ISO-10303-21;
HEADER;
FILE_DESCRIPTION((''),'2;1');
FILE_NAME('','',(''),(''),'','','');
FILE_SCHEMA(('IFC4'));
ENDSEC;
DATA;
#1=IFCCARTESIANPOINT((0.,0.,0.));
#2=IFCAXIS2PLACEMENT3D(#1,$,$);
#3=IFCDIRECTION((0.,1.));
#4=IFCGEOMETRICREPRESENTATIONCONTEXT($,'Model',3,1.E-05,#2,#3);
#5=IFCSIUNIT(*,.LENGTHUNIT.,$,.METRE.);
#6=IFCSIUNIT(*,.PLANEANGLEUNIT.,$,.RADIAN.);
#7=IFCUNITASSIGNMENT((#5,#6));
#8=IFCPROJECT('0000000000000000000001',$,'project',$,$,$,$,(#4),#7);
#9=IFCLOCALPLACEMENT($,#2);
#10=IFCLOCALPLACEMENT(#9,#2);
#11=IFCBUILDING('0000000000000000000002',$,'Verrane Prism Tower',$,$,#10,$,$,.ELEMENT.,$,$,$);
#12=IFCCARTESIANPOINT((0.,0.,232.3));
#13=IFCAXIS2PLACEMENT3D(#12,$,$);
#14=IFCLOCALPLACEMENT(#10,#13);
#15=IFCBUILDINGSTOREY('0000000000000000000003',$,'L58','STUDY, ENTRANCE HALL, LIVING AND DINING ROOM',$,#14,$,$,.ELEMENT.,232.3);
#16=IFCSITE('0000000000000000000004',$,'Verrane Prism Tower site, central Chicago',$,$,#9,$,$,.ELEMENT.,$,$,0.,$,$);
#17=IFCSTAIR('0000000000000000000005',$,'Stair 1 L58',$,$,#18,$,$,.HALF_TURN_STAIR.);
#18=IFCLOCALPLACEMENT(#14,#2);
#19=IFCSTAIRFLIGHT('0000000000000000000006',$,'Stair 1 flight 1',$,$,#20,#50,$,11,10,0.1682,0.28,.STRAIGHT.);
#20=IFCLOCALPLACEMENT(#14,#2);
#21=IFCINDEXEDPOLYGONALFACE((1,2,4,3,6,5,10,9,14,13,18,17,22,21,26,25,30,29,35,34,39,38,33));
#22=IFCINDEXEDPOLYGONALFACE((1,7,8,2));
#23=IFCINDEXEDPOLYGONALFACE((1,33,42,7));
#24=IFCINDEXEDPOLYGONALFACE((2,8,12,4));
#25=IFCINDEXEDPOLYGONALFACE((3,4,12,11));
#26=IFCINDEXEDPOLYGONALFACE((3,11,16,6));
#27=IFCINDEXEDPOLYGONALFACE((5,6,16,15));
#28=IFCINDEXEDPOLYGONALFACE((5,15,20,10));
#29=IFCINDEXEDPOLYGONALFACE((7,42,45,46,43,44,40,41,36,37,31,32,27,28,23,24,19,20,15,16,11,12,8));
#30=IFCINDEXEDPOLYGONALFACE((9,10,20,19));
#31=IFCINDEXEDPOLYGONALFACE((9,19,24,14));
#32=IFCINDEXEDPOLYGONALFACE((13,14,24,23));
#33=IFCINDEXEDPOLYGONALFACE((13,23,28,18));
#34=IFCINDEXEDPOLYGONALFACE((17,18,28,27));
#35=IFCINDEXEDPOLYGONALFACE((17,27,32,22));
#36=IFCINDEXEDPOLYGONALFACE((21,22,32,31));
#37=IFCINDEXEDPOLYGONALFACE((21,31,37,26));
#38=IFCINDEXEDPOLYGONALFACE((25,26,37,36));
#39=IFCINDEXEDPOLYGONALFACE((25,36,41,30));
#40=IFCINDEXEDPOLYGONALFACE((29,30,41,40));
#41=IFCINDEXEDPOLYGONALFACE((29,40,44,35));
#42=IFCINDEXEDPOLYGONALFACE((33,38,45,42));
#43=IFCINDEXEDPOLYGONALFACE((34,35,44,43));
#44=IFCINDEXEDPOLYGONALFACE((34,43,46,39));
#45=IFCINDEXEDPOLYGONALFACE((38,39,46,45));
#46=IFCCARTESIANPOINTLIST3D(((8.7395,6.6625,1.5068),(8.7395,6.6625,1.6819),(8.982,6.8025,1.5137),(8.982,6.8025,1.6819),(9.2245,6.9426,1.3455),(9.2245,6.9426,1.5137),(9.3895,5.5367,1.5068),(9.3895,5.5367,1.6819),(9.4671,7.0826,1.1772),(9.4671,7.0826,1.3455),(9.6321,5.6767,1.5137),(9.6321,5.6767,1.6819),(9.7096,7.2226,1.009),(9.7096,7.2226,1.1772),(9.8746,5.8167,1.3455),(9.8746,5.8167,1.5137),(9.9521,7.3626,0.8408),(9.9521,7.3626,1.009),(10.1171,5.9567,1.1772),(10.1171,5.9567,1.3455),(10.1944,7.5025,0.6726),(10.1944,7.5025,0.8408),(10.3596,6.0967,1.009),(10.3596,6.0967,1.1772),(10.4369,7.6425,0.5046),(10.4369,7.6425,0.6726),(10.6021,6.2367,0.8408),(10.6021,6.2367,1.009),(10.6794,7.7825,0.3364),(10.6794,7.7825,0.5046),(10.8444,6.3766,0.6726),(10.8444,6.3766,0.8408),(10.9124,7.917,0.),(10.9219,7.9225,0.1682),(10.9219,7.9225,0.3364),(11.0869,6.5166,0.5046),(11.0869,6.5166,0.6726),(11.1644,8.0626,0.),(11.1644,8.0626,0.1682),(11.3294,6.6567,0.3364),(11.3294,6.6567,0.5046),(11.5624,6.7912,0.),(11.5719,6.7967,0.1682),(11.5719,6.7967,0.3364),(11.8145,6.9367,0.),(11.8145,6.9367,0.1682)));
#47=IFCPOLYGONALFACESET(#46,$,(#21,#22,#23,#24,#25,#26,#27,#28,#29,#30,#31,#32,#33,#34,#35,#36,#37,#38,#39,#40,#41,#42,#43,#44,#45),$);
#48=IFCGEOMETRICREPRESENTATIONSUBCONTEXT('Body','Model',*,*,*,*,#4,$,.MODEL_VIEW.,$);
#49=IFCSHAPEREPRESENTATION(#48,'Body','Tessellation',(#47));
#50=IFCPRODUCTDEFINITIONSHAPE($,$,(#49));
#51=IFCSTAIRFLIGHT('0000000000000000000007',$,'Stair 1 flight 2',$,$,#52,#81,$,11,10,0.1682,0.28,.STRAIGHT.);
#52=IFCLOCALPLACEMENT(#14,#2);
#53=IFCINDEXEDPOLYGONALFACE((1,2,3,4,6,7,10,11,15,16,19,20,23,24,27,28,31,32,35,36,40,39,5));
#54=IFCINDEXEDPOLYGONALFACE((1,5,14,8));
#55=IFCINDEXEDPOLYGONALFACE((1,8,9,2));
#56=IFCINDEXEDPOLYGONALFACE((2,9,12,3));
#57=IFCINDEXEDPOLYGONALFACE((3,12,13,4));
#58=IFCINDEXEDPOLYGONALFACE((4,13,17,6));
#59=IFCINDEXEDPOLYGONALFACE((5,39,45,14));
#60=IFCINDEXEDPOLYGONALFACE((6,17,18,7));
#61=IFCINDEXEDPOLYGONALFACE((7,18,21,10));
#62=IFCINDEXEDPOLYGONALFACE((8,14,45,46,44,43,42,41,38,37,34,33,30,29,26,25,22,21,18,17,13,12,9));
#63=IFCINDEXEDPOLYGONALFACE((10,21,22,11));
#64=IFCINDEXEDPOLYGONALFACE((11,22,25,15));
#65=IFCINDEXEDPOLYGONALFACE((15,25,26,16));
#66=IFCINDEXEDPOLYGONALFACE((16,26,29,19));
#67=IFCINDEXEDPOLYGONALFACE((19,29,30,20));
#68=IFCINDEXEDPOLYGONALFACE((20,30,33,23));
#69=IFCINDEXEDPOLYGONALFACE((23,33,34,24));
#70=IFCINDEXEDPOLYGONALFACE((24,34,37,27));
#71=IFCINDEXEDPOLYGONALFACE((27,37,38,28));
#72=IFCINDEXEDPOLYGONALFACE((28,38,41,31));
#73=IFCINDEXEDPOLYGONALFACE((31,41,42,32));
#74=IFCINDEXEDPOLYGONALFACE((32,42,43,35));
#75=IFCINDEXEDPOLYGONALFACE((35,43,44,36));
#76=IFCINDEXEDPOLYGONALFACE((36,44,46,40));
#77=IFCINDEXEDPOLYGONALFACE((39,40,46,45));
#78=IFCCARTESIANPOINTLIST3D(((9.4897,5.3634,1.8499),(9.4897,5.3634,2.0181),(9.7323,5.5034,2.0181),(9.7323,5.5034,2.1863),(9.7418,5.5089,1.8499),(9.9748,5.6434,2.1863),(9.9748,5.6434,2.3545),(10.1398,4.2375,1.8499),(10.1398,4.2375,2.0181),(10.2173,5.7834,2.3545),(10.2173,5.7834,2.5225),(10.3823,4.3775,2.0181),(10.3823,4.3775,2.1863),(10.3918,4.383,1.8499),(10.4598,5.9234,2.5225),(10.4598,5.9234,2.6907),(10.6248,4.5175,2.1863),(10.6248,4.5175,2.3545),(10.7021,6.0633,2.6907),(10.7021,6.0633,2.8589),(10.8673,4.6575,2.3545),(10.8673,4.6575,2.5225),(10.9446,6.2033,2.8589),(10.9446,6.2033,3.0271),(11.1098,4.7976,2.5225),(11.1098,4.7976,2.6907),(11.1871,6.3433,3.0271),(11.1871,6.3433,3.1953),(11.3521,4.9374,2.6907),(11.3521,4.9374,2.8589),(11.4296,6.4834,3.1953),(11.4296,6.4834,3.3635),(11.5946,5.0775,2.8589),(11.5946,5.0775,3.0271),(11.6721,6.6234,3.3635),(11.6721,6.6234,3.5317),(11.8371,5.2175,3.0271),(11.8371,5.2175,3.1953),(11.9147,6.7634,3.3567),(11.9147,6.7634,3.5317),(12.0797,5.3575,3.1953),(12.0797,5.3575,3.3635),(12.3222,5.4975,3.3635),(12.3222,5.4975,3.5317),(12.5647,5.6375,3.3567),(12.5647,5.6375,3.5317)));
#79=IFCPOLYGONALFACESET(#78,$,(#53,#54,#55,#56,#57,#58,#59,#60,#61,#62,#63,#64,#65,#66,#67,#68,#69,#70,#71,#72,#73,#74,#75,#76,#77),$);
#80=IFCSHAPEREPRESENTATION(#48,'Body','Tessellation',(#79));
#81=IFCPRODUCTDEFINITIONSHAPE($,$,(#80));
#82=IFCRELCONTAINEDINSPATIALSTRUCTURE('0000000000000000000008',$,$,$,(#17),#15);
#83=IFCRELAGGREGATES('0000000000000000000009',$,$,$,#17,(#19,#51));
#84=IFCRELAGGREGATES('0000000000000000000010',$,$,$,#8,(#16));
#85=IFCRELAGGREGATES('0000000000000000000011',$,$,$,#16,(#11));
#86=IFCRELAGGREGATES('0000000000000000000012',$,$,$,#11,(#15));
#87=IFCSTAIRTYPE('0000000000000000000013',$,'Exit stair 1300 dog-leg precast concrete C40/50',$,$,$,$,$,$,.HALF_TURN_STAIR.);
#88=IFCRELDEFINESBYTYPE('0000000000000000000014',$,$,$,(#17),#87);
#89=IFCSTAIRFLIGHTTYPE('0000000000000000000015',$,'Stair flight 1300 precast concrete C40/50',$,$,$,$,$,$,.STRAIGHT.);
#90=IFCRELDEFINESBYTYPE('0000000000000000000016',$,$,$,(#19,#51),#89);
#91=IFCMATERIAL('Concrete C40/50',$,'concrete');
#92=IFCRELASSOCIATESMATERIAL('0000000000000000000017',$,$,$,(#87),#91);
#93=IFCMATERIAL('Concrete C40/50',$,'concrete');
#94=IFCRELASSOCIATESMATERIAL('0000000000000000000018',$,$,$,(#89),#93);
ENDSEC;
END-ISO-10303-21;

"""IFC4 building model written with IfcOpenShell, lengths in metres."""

from ifc_helpers import new_model, si_unit, direction, frame, origin, place, context, subcontext, project, spatial, polyline, outline, extrude, material, type_object, element, aggregate, save


model = new_model("IFC4")

# Units and contexts
model_context = context("Model", 3, precision=1e-05, world=origin(), true_north=direction((0.0, 1.0)))
body_context = subcontext(model_context, "Body", "Model", "MODEL_VIEW")
ifc_project = project(units=[si_unit("LENGTHUNIT", "METRE"), si_unit("PLANEANGLEUNIT", "RADIAN")], contexts=[model_context])

# Site, building, storey
site_placement = place(None, origin())
site = spatial("IfcSite", under=ifc_project, at=site_placement, Name="Verrane Prism Tower site, central Chicago", CompositionType="ELEMENT", RefElevation=0.0)
building_placement = place(site_placement, origin())
building = spatial("IfcBuilding", under=site, at=building_placement, Name="Verrane Prism Tower", CompositionType="ELEMENT")
storey_placement = place(building_placement, frame((0.0, 0.0, 232.3)))
storey = spatial("IfcBuildingStorey", under=building, at=storey_placement, Name="L58", Description="STUDY, ENTRANCE HALL, LIVING AND DINING ROOM", CompositionType="ELEMENT", Elevation=232.3)

# Stair, stair flights
ifc_material_1 = material(Name="Concrete C40/50", Category="concrete")
stair_type = type_object("IfcStairType", Name="Exit stair 1300 dog-leg precast concrete C40/50", PredefinedType="HALF_TURN_STAIR", material=ifc_material_1)
stair_placement = place(storey_placement, origin())
stair = element("IfcStair", 1, at=stair_placement, inside=storey, type_object=stair_type, Name="Stair 1 L58", PredefinedType="HALF_TURN_STAIR")
ifc_material_2 = material(Name="Concrete C40/50", Category="concrete")
stair_flight_type = type_object("IfcStairFlightType", Name="Stair flight 1300 precast concrete C40/50", PredefinedType="STRAIGHT", material=ifc_material_2)
stair_flight_1_placement = place(storey_placement, frame((11.4895, 7.4995, 0.0), z_axis=(0.0, 0.0, 1.0), x_axis=(-0.866025, -0.5, 0.0)))
stair_flight_1 = element("IfcStairFlight", 2, at=stair_flight_1_placement, type_object=stair_flight_type, Name="Stair 1 flight 1", NumberOfRisers=11, NumberOfTreads=10, PredefinedType="STRAIGHT", RiserHeight=0.1682, TreadLength=0.28, context=body_context, shape_type="SweptSolid", body=[
    extrude(outline(polyline([(0.0, 0.0), (0.0, 0.1682), (0.28, 0.1682), (0.28, 0.3364), (0.5601, 0.3364), (0.5601, 0.5046), (0.8401, 0.5046), (0.8401, 0.6726), (1.1201, 0.6726), (1.1201, 0.8408), (1.3999, 0.8408), (1.3999, 1.009), (1.6799, 1.009), (1.6799, 1.1772), (1.96, 1.1772), (1.96, 1.3455), (2.24, 1.3455), (2.24, 1.5137), (2.52, 1.5137), (2.52, 1.6819), (2.8, 1.6819), (2.8, 1.8501), (2.8, 1.5068), (0.291, 0.0), (0.0, 0.0)])), frame((0.0, 0.6499, 0.0), z_axis=(0.0, -1.0, 0.0), x_axis=(1.0, 0.0, 0.0)), (0.0, 0.0, 1.0), 1.3),
])
stair_flight_2_placement = place(storey_placement, frame((9.8147, 4.8005, 1.8499), z_axis=(0.0, 0.0, 1.0), x_axis=(0.866025, 0.5, 0.0)))
stair_flight_2 = element("IfcStairFlight", 3, at=stair_flight_2_placement, type_object=stair_flight_type, Name="Stair 1 flight 2", NumberOfRisers=11, NumberOfTreads=10, PredefinedType="STRAIGHT", RiserHeight=0.1682, TreadLength=0.28, context=body_context, shape_type="SweptSolid", body=[
    extrude(outline(polyline([(0.0, 0.0), (0.0, 0.1682), (0.28, 0.1682), (0.28, 0.3364), (0.5601, 0.3364), (0.5601, 0.5046), (0.8401, 0.5046), (0.8401, 0.6726), (1.1201, 0.6726), (1.1201, 0.8408), (1.3999, 0.8408), (1.3999, 1.009), (1.6799, 1.009), (1.6799, 1.1772), (1.96, 1.1772), (1.96, 1.3455), (2.24, 1.3455), (2.24, 1.5137), (2.52, 1.5137), (2.52, 1.6819), (2.8, 1.6819), (2.8, 1.8501), (2.8, 1.5068), (0.291, 0.0), (0.0, 0.0)])), frame((0.0, 0.6499, 0.0), z_axis=(0.0, -1.0, 0.0), x_axis=(1.0, 0.0, 0.0)), (0.0, 0.0, 1.0), 1.3),
])
aggregate(stair, [stair_flight_1, stair_flight_2])

save(model, "model.ifc")
